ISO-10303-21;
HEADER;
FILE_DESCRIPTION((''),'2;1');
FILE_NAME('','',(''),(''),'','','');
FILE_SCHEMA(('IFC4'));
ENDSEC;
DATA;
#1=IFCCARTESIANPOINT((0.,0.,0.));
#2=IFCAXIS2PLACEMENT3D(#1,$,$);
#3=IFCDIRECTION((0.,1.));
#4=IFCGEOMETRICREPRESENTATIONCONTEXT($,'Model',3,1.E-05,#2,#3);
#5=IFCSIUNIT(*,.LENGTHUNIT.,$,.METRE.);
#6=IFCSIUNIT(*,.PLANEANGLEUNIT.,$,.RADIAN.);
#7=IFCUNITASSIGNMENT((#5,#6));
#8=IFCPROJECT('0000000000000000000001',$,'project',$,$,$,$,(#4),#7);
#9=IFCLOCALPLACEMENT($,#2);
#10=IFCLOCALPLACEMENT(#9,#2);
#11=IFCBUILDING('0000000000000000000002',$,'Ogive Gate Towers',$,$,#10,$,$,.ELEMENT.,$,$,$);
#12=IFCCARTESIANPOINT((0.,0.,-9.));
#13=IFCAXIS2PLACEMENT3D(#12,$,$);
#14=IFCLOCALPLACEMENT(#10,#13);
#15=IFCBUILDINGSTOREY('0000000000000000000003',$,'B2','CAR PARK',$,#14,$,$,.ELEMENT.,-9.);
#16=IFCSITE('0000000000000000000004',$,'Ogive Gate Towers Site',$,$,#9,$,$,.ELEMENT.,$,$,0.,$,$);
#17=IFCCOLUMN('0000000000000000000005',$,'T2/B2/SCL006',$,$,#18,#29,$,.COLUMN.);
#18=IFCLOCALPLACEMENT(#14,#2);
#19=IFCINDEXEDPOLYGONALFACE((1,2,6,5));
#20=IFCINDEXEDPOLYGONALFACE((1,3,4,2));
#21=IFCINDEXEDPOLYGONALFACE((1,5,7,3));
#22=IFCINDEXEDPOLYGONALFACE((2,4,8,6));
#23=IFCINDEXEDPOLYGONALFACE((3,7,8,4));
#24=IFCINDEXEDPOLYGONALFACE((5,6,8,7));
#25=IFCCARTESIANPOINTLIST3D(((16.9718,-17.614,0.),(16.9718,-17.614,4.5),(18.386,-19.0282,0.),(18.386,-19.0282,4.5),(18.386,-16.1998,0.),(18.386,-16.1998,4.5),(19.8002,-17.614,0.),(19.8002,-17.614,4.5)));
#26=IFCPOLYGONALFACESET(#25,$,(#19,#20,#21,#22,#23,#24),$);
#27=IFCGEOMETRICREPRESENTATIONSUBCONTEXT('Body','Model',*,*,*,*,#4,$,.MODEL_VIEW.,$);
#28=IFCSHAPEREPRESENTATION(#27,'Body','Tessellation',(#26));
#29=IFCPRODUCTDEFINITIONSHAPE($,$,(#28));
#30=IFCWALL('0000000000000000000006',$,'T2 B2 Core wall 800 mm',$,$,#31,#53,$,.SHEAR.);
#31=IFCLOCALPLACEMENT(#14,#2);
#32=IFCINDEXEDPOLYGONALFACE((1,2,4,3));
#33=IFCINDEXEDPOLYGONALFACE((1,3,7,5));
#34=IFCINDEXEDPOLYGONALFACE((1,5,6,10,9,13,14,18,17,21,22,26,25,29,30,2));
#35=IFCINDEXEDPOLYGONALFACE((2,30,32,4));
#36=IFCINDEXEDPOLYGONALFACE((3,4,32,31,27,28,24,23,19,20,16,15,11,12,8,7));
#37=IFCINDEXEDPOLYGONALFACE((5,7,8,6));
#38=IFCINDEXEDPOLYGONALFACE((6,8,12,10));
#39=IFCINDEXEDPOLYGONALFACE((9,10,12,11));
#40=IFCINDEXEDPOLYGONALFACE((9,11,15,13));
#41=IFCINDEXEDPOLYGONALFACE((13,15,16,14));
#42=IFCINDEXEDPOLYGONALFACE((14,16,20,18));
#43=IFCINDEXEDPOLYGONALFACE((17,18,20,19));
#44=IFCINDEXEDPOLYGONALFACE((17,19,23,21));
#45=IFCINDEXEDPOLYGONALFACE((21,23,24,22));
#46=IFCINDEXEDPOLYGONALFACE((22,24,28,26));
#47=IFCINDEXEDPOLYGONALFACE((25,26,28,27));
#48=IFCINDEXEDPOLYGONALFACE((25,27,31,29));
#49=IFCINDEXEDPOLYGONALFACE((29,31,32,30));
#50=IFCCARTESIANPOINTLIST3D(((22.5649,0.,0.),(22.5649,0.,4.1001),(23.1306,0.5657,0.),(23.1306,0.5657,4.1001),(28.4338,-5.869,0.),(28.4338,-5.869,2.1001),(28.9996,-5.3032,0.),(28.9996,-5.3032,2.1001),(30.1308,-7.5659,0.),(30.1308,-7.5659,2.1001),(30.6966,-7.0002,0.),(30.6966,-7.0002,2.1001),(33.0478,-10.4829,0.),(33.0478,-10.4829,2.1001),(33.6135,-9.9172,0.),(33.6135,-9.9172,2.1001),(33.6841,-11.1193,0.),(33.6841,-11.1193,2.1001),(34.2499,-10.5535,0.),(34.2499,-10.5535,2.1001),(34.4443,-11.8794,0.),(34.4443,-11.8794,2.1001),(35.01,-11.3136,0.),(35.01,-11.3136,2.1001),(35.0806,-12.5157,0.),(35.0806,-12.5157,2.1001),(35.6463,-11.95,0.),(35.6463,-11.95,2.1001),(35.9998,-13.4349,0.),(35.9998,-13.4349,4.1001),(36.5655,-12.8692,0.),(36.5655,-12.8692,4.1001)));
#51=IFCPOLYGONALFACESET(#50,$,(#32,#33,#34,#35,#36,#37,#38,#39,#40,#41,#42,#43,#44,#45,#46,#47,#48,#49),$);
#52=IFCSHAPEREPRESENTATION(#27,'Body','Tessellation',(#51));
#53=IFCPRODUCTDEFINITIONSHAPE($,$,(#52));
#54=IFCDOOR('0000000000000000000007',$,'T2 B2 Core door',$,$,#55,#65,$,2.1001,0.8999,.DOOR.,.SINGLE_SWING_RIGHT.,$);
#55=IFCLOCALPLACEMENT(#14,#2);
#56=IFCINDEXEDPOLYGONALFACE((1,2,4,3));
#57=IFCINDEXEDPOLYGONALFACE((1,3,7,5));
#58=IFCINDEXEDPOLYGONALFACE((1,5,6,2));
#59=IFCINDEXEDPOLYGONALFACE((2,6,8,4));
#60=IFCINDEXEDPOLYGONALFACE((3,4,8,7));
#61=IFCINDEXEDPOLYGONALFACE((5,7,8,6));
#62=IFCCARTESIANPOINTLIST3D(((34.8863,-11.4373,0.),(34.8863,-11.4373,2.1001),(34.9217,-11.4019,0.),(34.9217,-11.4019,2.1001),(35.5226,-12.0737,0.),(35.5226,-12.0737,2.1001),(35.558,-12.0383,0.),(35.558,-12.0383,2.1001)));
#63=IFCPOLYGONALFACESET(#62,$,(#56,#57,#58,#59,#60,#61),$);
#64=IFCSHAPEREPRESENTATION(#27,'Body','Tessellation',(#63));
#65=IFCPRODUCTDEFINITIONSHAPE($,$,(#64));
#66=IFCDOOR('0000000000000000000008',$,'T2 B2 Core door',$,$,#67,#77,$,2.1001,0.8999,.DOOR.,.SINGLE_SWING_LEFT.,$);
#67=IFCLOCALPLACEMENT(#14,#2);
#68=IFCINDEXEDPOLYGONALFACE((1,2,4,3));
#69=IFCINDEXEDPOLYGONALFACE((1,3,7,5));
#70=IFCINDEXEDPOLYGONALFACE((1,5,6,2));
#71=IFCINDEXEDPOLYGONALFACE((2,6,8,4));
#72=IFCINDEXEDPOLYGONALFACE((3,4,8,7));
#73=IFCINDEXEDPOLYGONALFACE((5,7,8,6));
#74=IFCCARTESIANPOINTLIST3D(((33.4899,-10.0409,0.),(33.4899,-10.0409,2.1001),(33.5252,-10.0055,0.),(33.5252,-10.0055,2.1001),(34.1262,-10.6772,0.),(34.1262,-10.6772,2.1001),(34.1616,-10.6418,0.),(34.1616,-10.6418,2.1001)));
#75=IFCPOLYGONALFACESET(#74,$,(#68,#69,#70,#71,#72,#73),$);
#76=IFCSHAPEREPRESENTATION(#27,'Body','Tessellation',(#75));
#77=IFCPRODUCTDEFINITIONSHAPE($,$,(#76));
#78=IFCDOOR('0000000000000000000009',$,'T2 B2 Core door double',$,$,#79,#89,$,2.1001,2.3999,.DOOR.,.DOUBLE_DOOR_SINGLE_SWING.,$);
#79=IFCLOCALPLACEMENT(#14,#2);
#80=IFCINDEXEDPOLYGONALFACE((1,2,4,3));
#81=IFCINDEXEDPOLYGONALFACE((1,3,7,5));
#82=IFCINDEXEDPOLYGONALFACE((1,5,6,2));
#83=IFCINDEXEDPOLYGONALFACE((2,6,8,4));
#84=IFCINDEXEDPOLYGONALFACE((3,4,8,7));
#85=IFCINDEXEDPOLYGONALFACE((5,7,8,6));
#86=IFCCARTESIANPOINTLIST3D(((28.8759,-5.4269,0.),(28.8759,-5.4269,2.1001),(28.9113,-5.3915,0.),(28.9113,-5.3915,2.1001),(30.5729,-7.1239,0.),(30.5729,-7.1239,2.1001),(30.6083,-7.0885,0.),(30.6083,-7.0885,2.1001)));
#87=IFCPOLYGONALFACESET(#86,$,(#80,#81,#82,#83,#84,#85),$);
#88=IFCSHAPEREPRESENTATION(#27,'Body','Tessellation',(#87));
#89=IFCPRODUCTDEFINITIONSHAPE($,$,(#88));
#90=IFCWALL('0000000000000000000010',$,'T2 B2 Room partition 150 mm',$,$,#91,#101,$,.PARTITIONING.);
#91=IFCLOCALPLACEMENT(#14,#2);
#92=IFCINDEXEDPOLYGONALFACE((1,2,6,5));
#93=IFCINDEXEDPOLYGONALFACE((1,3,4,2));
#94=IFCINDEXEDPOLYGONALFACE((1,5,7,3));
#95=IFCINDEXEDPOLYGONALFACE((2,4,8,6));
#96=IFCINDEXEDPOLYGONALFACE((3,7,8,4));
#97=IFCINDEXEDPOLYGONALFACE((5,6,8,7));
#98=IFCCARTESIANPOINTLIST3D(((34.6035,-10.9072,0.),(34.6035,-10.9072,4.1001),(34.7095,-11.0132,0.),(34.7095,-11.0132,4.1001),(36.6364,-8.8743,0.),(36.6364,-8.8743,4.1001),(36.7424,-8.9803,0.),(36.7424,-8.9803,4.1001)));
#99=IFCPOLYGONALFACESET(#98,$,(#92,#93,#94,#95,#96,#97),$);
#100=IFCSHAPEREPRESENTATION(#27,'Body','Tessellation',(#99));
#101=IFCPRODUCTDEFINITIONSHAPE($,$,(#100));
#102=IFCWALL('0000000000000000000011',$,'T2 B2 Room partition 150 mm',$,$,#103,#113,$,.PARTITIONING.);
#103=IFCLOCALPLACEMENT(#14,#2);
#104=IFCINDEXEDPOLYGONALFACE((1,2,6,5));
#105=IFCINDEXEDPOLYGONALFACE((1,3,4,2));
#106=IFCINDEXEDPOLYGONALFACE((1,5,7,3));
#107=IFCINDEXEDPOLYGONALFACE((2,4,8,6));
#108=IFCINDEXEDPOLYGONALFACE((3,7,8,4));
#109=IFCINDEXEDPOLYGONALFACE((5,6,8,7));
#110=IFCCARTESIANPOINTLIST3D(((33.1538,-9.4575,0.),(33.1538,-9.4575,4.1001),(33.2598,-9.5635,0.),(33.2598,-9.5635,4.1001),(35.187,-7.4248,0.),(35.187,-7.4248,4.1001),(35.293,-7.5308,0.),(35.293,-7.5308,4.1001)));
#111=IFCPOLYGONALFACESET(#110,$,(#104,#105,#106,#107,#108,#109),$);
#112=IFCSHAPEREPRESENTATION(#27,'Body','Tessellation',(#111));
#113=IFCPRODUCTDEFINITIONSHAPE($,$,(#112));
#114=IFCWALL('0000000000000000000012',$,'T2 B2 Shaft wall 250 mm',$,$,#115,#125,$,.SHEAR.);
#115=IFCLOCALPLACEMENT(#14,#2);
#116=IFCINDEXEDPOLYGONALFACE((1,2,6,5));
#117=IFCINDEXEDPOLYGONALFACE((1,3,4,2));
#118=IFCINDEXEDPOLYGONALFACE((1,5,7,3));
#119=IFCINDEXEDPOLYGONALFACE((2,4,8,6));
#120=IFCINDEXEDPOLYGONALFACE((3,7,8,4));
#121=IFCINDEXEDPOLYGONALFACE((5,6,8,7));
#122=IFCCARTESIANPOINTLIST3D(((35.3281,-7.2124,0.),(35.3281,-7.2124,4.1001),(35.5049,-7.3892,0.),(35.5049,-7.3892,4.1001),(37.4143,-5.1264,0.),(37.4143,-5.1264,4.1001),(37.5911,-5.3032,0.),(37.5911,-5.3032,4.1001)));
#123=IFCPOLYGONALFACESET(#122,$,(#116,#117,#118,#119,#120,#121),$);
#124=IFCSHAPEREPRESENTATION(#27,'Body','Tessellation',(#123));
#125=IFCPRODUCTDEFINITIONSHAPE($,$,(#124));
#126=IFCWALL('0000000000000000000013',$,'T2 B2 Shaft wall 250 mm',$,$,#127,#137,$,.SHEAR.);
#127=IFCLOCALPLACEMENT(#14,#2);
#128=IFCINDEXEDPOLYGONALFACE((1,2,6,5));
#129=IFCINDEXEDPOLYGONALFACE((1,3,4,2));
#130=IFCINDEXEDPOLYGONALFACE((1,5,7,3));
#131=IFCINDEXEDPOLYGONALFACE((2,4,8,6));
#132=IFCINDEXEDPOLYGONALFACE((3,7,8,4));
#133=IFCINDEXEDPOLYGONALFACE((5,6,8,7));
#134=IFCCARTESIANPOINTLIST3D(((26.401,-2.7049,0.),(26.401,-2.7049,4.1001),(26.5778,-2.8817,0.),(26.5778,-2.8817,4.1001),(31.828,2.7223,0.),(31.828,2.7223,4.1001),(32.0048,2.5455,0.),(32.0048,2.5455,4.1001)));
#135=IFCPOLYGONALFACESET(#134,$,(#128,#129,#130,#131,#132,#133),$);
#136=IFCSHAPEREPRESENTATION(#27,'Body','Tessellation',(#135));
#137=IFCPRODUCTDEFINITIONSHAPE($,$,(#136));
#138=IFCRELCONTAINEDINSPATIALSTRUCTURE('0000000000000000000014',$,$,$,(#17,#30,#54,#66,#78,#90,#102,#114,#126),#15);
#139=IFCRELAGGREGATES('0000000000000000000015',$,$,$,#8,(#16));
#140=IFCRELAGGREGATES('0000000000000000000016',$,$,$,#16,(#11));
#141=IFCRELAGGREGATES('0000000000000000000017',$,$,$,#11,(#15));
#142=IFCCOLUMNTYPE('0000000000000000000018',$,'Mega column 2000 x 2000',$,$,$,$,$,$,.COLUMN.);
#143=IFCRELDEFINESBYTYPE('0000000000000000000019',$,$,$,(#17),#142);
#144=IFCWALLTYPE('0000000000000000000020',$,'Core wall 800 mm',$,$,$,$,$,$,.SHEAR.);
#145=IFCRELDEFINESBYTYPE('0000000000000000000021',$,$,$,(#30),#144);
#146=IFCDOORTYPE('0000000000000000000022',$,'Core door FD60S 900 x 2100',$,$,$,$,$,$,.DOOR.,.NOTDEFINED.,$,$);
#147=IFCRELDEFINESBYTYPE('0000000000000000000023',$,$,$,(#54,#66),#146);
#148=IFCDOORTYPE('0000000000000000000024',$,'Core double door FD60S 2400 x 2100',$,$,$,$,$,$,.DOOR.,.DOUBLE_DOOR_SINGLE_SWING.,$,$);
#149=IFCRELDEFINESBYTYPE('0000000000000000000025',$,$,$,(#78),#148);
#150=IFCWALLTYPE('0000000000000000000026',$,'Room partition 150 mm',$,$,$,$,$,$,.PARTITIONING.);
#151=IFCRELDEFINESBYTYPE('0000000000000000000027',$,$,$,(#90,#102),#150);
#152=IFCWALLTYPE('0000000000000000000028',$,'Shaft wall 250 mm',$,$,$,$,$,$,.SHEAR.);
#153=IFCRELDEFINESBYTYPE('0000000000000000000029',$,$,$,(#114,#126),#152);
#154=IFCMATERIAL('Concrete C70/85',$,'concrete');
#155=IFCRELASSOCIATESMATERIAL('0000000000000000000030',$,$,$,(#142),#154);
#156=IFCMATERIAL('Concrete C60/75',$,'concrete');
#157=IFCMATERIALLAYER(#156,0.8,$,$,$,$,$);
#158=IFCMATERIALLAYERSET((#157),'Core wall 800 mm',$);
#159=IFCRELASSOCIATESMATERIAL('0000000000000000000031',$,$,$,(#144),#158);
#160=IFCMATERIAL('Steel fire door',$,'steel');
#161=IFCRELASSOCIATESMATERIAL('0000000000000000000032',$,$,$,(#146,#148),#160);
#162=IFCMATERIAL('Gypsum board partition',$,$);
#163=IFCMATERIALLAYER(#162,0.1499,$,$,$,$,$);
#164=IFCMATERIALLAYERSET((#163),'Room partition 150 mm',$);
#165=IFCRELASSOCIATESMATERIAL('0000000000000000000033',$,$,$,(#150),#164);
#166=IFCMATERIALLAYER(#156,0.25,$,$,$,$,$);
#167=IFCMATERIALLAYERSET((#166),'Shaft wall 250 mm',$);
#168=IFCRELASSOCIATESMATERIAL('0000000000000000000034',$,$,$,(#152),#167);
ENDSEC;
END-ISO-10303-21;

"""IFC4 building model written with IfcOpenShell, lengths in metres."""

from ifc_helpers import new_model, si_unit, direction, frame, frame_2d, origin, origin_2d, place, context, subcontext, project, spatial, rectangle, extrude, material, layer, layer_set, material_profile, profile_set, type_object, element, fill, save


model = new_model("IFC4")

# Units and contexts
model_context = context("Model", 3, precision=1e-05, world=origin(), true_north=direction((0.0, 1.0)))
body_context = subcontext(model_context, "Body", "Model", "MODEL_VIEW")
ifc_project = project(units=[si_unit("LENGTHUNIT", "METRE"), si_unit("PLANEANGLEUNIT", "RADIAN")], contexts=[model_context])

# Site, building, storey
site_placement = place(None, origin())
site = spatial("IfcSite", under=ifc_project, at=site_placement, Name="Ogive Gate Towers Site", CompositionType="ELEMENT", RefElevation=0.0)
building_placement = place(site_placement, origin())
building = spatial("IfcBuilding", under=site, at=building_placement, Name="Ogive Gate Towers", CompositionType="ELEMENT")
storey_placement = place(building_placement, frame((0.0, 0.0, -9.0)))
storey = spatial("IfcBuildingStorey", under=building, at=storey_placement, Name="B2", Description="CAR PARK", CompositionType="ELEMENT", Elevation=-9.0)

# Column
ifc_material_1 = material(Name="Concrete C70/85", Category="concrete")
ifc_material_profile_1 = material_profile(ifc_material_1, rectangle(XDim=2.0, YDim=2.0, at=origin_2d()), Name="RC 2000x2000")
ifc_profile_set_1 = profile_set([ifc_material_profile_1], Name="Concrete C70/85")
column_type_1 = type_object("IfcColumnType", Name="Mega column 2000 x 2000", PredefinedType="COLUMN", material=ifc_profile_set_1)
column_1_placement = place(storey_placement, frame((18.386, -17.614, 0.0), z_axis=(0.0, 0.0, 1.0), x_axis=(-0.707107, -0.707107, 0.0)))
element("IfcColumn", 1, at=column_1_placement, inside=storey, type_object=column_type_1, Name="T2/B2/SCL006", PredefinedType="COLUMN", context=body_context, shape_type="SweptSolid", body=[
    extrude(rectangle(XDim=2.0, YDim=2.0, at=origin_2d()), origin(), (0.0, 0.0, 1.0), 4.5),
])

# Wall, openings, doors
ifc_material_2 = material(Name="Concrete C60/75", Category="concrete")
ifc_layer_1 = layer(ifc_material_2, 0.8)
ifc_layer_set_1 = layer_set([ifc_layer_1], Name="Core wall 800 mm")
wall_type_1 = type_object("IfcWallType", Name="Core wall 800 mm", PredefinedType="SHEAR", material=ifc_layer_set_1)
wall_1_placement = place(storey_placement, frame((36.2827, -13.1521, 0.0), z_axis=(0.0, 0.0, 1.0), x_axis=(-0.707107, 0.707107, 0.0)))
wall_1 = element("IfcWall", 2, at=wall_1_placement, inside=storey, type_object=wall_type_1, Name="T2 B2 Core wall 800 mm", PredefinedType="SHEAR", context=body_context, shape_type="SweptSolid", body=[
    extrude(rectangle(XDim=18.9998, YDim=0.8, at=frame_2d((9.5, 0.0))), origin(), (0.0, 0.0, 1.0), 4.1001),
])
opening_1_placement = place(wall_1_placement, frame((8.3, 0.0, 0.0)))
opening_1 = element("IfcOpeningElement", 3, at=opening_1_placement, cuts=wall_1, PredefinedType="OPENING", context=body_context, shape_type="SweptSolid", body=[
    extrude(rectangle(XDim=2.3999, YDim=2.1001, at=frame_2d((1.2, 1.05))), frame((0.0, 0.4102, 0.0), z_axis=(0.0, -1.0, 0.0), x_axis=(1.0, 0.0, 0.0)), (0.0, 0.0, 1.0), 0.8201),
])
opening_2_placement = place(wall_1_placement, frame((1.3, 0.0, 0.0)))
opening_2 = element("IfcOpeningElement", 4, at=opening_2_placement, cuts=wall_1, PredefinedType="OPENING", context=body_context, shape_type="SweptSolid", body=[
    extrude(rectangle(XDim=0.8999, YDim=2.1001, at=frame_2d((0.45, 1.05))), frame((0.0, 0.4102, 0.0), z_axis=(0.0, -1.0, 0.0), x_axis=(1.0, 0.0, 0.0)), (0.0, 0.0, 1.0), 0.8201),
])
opening_3_placement = place(wall_1_placement, frame((3.2749, 0.0, 0.0)))
opening_3 = element("IfcOpeningElement", 5, at=opening_3_placement, cuts=wall_1, PredefinedType="OPENING", context=body_context, shape_type="SweptSolid", body=[
    extrude(rectangle(XDim=0.8999, YDim=2.1001, at=frame_2d((0.45, 1.05))), frame((0.0, 0.4102, 0.0), z_axis=(0.0, -1.0, 0.0), x_axis=(1.0, 0.0, 0.0)), (0.0, 0.0, 1.0), 0.8201),
])
ifc_material_3 = material(Name="Steel fire door", Category="steel")
door_type_1 = type_object("IfcDoorType", Name="Core door FD60S 900 x 2100", OperationType="NOTDEFINED", PredefinedType="DOOR", material=ifc_material_3)
door_1_placement = place(opening_2_placement, origin())
door_1 = element("IfcDoor", 6, at=door_1_placement, inside=storey, type_object=door_type_1, Name="T2 B2 Core door", OperationType="SINGLE_SWING_RIGHT", OverallHeight=2.1001, OverallWidth=0.8999, PredefinedType="DOOR", context=body_context, shape_type="SweptSolid", body=[
    extrude(rectangle(XDim=0.8999, YDim=2.1001, at=frame_2d((0.45, 1.05))), frame((0.0, -0.2251, 0.0), z_axis=(0.0, -1.0, 0.0), x_axis=(1.0, 0.0, 0.0)), (0.0, 0.0, 1.0), 0.05),
])
fill(opening_2, door_1)
door_2_placement = place(opening_3_placement, origin())
door_2 = element("IfcDoor", 7, at=door_2_placement, inside=storey, type_object=door_type_1, Name="T2 B2 Core door", OperationType="SINGLE_SWING_LEFT", OverallHeight=2.1001, OverallWidth=0.8999, PredefinedType="DOOR", context=body_context, shape_type="SweptSolid", body=[
    extrude(rectangle(XDim=0.8999, YDim=2.1001, at=frame_2d((0.45, 1.05))), frame((0.0, -0.2251, 0.0), z_axis=(0.0, -1.0, 0.0), x_axis=(1.0, 0.0, 0.0)), (0.0, 0.0, 1.0), 0.05),
])
fill(opening_3, door_2)
door_type_2 = type_object("IfcDoorType", Name="Core double door FD60S 2400 x 2100", OperationType="DOUBLE_DOOR_SINGLE_SWING", PredefinedType="DOOR", material=ifc_material_3)
door_3_placement = place(opening_1_placement, origin())
door_3 = element("IfcDoor", 8, at=door_3_placement, inside=storey, type_object=door_type_2, Name="T2 B2 Core door double", OperationType="DOUBLE_DOOR_SINGLE_SWING", OverallHeight=2.1001, OverallWidth=2.3999, PredefinedType="DOOR", context=body_context, shape_type="SweptSolid", body=[
    extrude(rectangle(XDim=2.3999, YDim=2.1001, at=frame_2d((1.2, 1.05))), frame((0.0, -0.2251, 0.0), z_axis=(0.0, -1.0, 0.0), x_axis=(1.0, 0.0, 0.0)), (0.0, 0.0, 1.0), 0.05),
])
fill(opening_1, door_3)

# Walls
ifc_material_4 = material(Name="Gypsum board partition")
ifc_layer_2 = layer(ifc_material_4, 0.1499)
ifc_layer_set_2 = layer_set([ifc_layer_2], Name="Room partition 150 mm")
wall_type_2 = type_object("IfcWallType", Name="Room partition 150 mm", PredefinedType="PARTITIONING", material=ifc_layer_set_2)
for number, where, z_axis, x_axis, name in (
    (9, (34.6565, -10.9602, 0.0), (0.0, 0.0, 1.0), (0.707107, 0.707107, 0.0), "T2 B2 Room partition 150 mm"),
    (10, (33.2068, -9.5105, 0.0), (0.0, 0.0, 1.0), (0.707192, 0.707022, 0.0), "T2 B2 Room partition 150 mm"),
):
    element("IfcWall", number, at=place(storey_placement, frame(where, z_axis=z_axis, x_axis=x_axis)), inside=storey, type_object=wall_type_2, Name=name, PredefinedType="PARTITIONING", context=body_context, shape_type="SweptSolid", body=[
        extrude(rectangle(XDim=2.875, YDim=0.1499, at=frame_2d((1.4375, 0.0))), origin(), (0.0, 0.0, 1.0), 4.1001),
    ])
ifc_layer_3 = layer(ifc_material_2, 0.25)
ifc_layer_set_3 = layer_set([ifc_layer_3], Name="Shaft wall 250 mm")
wall_type_3 = type_object("IfcWallType", Name="Shaft wall 250 mm", PredefinedType="SHEAR", material=ifc_layer_set_3)
wall_2_placement = place(storey_placement, frame((35.4165, -7.3008, 0.0), z_axis=(0.0, 0.0, 1.0), x_axis=(0.707148, 0.707065, 0.0)))
element("IfcWall", 11, at=wall_2_placement, inside=storey, type_object=wall_type_3, Name="T2 B2 Shaft wall 250 mm", PredefinedType="SHEAR", context=body_context, shape_type="SweptSolid", body=[
    extrude(rectangle(XDim=2.9502, YDim=0.25, at=frame_2d((1.4751, 0.0))), origin(), (0.0, 0.0, 1.0), 4.1001),
])
wall_3_placement = place(storey_placement, frame((26.4895, -2.7932, 0.0), z_axis=(0.0, 0.0, 1.0), x_axis=(0.707091, 0.707123, 0.0)))
element("IfcWall", 12, at=wall_3_placement, inside=storey, type_object=wall_type_3, Name="T2 B2 Shaft wall 250 mm", PredefinedType="SHEAR", context=body_context, shape_type="SweptSolid", body=[
    extrude(rectangle(XDim=7.675, YDim=0.25, at=frame_2d((3.8374, 0.0))), origin(), (0.0, 0.0, 1.0), 4.1001),
])

save(model, "model.ifc")
